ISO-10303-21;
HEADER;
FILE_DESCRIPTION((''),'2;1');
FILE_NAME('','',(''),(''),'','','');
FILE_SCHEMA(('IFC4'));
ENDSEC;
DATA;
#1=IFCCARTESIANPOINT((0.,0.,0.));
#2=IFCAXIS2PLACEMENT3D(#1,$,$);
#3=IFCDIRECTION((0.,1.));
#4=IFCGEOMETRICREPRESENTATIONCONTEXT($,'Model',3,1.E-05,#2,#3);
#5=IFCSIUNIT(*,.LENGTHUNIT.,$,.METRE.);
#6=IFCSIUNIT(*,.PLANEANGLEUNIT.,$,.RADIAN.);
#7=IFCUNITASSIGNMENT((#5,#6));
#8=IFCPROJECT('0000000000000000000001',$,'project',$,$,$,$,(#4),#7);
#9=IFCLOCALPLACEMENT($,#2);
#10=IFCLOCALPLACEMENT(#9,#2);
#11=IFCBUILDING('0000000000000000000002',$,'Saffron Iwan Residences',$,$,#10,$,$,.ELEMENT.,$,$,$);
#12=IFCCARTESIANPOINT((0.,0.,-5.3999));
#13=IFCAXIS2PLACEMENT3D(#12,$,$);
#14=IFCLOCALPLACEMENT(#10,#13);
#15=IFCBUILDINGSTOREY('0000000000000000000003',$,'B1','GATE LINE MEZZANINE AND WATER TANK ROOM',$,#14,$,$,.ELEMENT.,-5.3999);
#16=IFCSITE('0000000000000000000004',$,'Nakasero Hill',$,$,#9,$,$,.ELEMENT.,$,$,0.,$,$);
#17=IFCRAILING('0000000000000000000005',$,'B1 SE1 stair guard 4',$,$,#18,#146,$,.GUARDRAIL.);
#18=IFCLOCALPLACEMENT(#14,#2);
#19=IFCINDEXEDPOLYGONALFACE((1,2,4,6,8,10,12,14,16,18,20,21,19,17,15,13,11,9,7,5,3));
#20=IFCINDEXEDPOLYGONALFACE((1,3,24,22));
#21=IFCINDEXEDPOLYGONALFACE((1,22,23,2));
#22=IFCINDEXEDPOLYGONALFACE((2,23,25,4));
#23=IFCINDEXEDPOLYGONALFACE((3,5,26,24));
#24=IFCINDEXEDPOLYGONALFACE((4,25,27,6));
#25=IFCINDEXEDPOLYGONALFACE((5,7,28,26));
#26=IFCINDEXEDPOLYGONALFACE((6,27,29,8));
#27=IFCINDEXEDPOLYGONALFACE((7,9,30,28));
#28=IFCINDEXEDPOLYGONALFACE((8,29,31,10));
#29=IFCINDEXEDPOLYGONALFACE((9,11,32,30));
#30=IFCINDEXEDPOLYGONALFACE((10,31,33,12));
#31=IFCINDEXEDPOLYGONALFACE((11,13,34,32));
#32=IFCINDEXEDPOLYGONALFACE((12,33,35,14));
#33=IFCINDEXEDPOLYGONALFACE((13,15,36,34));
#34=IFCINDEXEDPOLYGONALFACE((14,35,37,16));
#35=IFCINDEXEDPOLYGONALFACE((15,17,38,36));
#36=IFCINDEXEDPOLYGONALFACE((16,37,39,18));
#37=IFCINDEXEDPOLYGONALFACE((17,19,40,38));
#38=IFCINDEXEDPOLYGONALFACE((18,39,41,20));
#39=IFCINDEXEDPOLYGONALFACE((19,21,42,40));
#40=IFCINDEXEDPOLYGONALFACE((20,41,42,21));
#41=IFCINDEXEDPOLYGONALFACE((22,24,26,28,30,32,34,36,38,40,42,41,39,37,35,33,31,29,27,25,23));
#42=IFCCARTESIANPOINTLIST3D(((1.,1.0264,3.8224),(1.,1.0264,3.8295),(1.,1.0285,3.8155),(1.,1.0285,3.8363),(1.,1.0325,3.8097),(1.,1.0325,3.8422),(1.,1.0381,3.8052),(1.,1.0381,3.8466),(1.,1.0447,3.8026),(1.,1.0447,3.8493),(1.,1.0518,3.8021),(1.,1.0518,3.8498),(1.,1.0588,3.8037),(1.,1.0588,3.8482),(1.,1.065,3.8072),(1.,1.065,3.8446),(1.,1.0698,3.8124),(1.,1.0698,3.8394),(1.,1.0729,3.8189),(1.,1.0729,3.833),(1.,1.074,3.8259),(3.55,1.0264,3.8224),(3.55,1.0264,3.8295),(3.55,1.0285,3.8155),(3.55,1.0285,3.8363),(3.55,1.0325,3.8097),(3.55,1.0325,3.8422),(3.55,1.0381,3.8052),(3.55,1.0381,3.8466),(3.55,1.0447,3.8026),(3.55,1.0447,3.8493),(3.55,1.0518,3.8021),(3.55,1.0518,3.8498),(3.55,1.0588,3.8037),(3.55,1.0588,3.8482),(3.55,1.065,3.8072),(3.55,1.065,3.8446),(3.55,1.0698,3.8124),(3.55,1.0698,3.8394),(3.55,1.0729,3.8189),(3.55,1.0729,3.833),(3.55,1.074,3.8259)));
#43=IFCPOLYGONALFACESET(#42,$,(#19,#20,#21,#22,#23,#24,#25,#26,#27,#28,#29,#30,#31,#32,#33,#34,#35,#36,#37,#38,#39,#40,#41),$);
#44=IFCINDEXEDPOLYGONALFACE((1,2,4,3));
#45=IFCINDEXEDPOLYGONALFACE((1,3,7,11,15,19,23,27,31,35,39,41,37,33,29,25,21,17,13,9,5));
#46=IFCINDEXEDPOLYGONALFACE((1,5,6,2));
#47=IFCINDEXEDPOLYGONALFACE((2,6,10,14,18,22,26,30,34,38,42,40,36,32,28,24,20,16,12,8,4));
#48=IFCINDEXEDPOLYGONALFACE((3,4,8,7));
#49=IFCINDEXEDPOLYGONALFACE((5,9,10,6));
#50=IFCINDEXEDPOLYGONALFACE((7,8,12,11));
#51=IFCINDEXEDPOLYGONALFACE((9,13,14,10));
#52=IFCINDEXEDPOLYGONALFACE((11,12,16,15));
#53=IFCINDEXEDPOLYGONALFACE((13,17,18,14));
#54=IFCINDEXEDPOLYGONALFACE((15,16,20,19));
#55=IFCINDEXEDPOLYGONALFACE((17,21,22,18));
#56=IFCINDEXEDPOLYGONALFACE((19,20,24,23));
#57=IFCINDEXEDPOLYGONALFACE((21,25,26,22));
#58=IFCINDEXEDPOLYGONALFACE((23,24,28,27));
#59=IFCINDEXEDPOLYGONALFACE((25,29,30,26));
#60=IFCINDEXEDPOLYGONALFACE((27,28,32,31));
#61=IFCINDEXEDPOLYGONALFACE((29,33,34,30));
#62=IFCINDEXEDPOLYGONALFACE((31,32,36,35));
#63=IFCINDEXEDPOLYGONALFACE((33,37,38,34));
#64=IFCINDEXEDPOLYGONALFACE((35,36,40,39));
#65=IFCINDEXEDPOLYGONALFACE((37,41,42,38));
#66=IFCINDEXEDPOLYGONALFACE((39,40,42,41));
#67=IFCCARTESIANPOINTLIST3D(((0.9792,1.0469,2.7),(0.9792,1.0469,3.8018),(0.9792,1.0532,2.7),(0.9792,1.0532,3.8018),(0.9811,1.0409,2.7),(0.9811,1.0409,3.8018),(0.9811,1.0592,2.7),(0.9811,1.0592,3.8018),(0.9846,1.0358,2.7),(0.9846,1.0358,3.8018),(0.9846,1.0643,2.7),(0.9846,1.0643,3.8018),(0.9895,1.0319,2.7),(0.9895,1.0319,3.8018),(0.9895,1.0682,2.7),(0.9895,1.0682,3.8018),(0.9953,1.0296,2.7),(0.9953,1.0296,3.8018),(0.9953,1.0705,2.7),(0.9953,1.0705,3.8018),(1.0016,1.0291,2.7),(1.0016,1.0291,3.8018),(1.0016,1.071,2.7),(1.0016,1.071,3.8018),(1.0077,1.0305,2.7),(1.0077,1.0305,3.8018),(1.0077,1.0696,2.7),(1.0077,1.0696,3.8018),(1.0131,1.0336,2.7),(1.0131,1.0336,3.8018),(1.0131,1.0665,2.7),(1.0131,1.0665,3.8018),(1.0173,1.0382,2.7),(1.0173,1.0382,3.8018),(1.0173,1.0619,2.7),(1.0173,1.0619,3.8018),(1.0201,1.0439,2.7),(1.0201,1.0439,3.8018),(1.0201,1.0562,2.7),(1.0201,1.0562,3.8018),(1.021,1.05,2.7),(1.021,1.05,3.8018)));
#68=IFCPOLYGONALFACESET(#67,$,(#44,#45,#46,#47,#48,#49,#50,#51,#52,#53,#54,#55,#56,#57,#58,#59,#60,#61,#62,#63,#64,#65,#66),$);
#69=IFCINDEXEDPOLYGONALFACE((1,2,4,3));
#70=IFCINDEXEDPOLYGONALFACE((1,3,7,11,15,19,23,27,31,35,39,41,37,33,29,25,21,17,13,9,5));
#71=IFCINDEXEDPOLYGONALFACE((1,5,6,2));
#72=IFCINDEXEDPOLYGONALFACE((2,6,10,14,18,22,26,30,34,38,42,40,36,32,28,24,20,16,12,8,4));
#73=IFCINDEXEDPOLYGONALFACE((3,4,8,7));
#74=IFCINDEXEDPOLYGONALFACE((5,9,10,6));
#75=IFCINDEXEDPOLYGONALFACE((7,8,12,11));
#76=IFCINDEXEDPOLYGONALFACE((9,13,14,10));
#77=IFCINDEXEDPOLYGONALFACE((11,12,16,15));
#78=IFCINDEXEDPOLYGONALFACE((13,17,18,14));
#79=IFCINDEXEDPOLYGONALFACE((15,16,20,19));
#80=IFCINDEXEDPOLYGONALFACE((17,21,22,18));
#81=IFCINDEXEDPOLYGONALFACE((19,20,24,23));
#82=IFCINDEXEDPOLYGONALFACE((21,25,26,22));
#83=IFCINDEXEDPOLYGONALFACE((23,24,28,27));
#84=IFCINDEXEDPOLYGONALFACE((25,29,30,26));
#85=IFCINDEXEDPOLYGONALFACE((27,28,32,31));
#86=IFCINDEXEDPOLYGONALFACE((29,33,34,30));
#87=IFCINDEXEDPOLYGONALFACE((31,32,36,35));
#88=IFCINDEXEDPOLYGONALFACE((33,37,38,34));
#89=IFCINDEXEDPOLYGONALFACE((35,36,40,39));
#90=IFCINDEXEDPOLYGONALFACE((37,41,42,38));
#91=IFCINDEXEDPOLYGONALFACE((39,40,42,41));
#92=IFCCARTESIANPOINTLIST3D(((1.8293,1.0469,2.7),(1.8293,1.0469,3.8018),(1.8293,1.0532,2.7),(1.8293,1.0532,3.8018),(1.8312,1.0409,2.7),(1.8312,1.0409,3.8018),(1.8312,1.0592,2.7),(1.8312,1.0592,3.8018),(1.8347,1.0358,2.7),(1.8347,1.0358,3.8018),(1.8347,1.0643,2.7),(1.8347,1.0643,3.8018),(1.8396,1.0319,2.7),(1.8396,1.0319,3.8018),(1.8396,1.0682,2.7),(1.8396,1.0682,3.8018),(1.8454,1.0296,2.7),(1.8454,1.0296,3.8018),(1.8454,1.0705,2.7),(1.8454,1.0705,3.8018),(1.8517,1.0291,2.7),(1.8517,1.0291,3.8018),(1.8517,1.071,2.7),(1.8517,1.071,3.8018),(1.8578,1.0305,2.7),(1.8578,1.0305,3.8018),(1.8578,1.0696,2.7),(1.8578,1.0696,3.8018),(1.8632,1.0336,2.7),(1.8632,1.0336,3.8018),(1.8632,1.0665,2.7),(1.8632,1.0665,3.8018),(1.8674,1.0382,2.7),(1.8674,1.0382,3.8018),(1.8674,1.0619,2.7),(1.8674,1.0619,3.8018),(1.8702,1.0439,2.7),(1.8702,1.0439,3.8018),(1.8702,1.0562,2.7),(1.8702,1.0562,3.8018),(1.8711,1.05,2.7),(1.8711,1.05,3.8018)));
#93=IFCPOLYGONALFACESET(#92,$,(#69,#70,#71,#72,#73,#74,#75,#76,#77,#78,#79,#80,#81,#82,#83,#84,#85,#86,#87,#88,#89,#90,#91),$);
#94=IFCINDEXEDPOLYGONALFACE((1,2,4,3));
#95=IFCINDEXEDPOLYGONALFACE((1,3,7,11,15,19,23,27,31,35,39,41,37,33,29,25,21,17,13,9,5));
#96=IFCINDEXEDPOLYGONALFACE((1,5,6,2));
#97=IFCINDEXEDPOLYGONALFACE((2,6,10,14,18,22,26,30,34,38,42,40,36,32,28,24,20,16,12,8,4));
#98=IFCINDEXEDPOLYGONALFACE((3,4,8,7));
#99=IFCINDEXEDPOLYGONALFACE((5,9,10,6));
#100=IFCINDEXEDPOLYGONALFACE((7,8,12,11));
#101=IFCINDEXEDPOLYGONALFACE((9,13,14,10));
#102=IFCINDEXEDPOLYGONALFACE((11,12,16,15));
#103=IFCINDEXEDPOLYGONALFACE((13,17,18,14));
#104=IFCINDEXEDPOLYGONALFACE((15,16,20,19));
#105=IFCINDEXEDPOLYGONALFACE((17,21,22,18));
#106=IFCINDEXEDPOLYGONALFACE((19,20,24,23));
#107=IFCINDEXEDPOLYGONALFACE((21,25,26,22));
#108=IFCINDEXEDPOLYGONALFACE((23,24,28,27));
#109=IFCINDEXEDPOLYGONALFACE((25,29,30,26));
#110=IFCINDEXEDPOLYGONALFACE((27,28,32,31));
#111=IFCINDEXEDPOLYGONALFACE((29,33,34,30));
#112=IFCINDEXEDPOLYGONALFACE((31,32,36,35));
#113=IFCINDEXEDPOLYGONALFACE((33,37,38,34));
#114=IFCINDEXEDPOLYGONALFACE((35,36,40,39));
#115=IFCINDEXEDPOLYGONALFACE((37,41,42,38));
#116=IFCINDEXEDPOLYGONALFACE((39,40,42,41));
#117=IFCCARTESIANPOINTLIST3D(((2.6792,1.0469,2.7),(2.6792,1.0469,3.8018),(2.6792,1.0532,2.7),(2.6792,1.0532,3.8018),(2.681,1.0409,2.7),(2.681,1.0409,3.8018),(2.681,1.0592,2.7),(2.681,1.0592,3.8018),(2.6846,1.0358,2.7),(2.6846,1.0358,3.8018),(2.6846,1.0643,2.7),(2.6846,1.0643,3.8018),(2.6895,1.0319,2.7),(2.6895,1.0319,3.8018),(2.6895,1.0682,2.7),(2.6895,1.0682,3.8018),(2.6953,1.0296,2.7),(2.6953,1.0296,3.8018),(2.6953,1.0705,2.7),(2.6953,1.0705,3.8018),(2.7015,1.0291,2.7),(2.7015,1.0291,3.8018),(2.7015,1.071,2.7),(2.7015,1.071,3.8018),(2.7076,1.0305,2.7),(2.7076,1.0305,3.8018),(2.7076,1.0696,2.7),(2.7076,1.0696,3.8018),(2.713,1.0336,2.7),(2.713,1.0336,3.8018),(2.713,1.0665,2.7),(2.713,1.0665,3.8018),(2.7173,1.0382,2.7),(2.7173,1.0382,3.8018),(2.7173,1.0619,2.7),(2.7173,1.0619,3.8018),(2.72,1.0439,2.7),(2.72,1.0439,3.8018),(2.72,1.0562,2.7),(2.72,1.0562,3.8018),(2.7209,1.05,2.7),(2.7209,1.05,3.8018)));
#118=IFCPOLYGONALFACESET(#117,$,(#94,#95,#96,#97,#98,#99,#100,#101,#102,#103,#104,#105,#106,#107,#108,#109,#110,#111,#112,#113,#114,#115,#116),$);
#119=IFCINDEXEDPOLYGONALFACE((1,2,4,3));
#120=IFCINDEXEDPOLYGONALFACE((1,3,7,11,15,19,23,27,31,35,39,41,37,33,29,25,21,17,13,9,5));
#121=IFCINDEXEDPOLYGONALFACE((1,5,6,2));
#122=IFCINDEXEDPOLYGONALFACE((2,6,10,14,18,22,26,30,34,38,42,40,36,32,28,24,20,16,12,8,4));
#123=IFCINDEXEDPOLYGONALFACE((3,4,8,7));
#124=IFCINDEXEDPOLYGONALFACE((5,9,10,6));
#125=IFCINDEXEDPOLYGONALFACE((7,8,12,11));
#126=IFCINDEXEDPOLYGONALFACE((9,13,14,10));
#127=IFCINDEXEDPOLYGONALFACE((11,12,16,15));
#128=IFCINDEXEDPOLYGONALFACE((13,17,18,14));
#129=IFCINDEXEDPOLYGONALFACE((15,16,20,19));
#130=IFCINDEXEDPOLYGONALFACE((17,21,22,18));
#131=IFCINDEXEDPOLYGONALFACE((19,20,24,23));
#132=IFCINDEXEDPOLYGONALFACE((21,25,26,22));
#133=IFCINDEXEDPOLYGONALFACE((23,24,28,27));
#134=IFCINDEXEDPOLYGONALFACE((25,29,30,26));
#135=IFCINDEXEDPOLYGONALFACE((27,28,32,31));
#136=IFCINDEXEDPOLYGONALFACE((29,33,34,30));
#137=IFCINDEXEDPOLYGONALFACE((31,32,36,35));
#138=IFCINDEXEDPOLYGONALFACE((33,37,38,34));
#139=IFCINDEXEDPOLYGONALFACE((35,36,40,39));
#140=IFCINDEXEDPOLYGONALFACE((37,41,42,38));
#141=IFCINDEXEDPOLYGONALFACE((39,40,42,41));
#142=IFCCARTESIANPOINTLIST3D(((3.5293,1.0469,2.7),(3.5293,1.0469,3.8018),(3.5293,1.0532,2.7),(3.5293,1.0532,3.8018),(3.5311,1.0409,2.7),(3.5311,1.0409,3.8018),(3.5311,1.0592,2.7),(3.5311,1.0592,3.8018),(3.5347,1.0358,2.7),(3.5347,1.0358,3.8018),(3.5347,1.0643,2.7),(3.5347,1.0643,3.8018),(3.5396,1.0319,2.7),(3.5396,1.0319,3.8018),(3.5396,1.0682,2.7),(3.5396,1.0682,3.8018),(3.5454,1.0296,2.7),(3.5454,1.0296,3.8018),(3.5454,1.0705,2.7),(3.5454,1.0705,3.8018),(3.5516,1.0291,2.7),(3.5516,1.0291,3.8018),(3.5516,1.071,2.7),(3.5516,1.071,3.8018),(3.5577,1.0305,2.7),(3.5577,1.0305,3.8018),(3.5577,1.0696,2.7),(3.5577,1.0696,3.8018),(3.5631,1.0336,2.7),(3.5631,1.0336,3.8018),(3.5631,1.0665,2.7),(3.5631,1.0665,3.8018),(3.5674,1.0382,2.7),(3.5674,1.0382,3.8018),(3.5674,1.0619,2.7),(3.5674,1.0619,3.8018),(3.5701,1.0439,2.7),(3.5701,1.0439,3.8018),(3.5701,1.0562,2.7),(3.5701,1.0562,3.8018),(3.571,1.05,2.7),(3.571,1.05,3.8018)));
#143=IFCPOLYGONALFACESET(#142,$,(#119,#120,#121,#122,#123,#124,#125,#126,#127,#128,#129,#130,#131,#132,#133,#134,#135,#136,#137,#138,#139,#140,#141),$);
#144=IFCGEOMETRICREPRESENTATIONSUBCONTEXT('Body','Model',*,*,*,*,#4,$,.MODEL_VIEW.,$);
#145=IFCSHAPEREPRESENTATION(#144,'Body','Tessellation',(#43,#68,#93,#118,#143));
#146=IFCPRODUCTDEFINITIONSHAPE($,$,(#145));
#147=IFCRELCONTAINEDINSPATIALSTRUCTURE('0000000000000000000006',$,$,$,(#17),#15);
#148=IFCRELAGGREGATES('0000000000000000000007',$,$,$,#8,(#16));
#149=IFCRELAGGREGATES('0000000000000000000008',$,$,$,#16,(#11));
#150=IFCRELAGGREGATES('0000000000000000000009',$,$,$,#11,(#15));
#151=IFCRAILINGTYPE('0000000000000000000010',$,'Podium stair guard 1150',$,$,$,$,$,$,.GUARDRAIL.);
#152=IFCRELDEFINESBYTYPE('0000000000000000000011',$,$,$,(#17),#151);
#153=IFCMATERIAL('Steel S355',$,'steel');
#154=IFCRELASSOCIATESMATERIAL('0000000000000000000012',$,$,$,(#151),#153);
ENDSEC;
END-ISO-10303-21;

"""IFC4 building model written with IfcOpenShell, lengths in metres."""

from ifc_helpers import new_model, si_unit, direction, frame, origin, origin_2d, place, context, subcontext, project, spatial, circle, extrude, material, type_object, element, save


model = new_model("IFC4")

# Units and contexts
model_context = context("Model", 3, precision=1e-05, world=origin(), true_north=direction((0.0, 1.0)))
body_context = subcontext(model_context, "Body", "Model", "MODEL_VIEW")
ifc_project = project(units=[si_unit("LENGTHUNIT", "METRE"), si_unit("PLANEANGLEUNIT", "RADIAN")], contexts=[model_context])

# Site, building, storey
site_placement = place(None, origin())
site = spatial("IfcSite", under=ifc_project, at=site_placement, Name="Nakasero Hill", CompositionType="ELEMENT", RefElevation=0.0)
building_placement = place(site_placement, origin())
building = spatial("IfcBuilding", under=site, at=building_placement, Name="Saffron Iwan Residences", CompositionType="ELEMENT")
storey_placement = place(building_placement, frame((0.0, 0.0, -5.3999)))
storey = spatial("IfcBuildingStorey", under=building, at=storey_placement, Name="B1", Description="GATE LINE MEZZANINE AND WATER TANK ROOM", CompositionType="ELEMENT", Elevation=-5.3999)

# Railing
ifc_material_1 = material(Name="Steel S355", Category="steel")
railing_type_1 = type_object("IfcRailingType", Name="Podium stair guard 1150", PredefinedType="GUARDRAIL", material=ifc_material_1)
railing_1_placement = place(storey_placement, frame((1.0, 1.05, 2.7)))
element("IfcRailing", 1, at=railing_1_placement, inside=storey, type_object=railing_type_1, Name="B1 SE1 stair guard 4", PredefinedType="GUARDRAIL", context=body_context, shape_type="SweptSolid", body=[
    extrude(circle(Radius=0.0239, at=origin_2d()), frame((0.0, 0.0, 1.126), z_axis=(1.0, 0.0, 0.0), x_axis=(0.0, 1.0, 0.0)), (0.0, 0.0, 1.0), 2.55),
    extrude(circle(Radius=0.021, at=origin_2d()), origin(), (0.0, 0.0, 1.0), 1.1018),
    extrude(circle(Radius=0.021, at=origin_2d()), frame((0.8501, 0.0, 0.0)), (0.0, 0.0, 1.0), 1.1018),
    extrude(circle(Radius=0.021, at=origin_2d()), frame((1.7, 0.0, 0.0)), (0.0, 0.0, 1.0), 1.1018),
    extrude(circle(Radius=0.021, at=origin_2d()), frame((2.55, 0.0, 0.0)), (0.0, 0.0, 1.0), 1.1018),
])

save(model, "model.ifc")
